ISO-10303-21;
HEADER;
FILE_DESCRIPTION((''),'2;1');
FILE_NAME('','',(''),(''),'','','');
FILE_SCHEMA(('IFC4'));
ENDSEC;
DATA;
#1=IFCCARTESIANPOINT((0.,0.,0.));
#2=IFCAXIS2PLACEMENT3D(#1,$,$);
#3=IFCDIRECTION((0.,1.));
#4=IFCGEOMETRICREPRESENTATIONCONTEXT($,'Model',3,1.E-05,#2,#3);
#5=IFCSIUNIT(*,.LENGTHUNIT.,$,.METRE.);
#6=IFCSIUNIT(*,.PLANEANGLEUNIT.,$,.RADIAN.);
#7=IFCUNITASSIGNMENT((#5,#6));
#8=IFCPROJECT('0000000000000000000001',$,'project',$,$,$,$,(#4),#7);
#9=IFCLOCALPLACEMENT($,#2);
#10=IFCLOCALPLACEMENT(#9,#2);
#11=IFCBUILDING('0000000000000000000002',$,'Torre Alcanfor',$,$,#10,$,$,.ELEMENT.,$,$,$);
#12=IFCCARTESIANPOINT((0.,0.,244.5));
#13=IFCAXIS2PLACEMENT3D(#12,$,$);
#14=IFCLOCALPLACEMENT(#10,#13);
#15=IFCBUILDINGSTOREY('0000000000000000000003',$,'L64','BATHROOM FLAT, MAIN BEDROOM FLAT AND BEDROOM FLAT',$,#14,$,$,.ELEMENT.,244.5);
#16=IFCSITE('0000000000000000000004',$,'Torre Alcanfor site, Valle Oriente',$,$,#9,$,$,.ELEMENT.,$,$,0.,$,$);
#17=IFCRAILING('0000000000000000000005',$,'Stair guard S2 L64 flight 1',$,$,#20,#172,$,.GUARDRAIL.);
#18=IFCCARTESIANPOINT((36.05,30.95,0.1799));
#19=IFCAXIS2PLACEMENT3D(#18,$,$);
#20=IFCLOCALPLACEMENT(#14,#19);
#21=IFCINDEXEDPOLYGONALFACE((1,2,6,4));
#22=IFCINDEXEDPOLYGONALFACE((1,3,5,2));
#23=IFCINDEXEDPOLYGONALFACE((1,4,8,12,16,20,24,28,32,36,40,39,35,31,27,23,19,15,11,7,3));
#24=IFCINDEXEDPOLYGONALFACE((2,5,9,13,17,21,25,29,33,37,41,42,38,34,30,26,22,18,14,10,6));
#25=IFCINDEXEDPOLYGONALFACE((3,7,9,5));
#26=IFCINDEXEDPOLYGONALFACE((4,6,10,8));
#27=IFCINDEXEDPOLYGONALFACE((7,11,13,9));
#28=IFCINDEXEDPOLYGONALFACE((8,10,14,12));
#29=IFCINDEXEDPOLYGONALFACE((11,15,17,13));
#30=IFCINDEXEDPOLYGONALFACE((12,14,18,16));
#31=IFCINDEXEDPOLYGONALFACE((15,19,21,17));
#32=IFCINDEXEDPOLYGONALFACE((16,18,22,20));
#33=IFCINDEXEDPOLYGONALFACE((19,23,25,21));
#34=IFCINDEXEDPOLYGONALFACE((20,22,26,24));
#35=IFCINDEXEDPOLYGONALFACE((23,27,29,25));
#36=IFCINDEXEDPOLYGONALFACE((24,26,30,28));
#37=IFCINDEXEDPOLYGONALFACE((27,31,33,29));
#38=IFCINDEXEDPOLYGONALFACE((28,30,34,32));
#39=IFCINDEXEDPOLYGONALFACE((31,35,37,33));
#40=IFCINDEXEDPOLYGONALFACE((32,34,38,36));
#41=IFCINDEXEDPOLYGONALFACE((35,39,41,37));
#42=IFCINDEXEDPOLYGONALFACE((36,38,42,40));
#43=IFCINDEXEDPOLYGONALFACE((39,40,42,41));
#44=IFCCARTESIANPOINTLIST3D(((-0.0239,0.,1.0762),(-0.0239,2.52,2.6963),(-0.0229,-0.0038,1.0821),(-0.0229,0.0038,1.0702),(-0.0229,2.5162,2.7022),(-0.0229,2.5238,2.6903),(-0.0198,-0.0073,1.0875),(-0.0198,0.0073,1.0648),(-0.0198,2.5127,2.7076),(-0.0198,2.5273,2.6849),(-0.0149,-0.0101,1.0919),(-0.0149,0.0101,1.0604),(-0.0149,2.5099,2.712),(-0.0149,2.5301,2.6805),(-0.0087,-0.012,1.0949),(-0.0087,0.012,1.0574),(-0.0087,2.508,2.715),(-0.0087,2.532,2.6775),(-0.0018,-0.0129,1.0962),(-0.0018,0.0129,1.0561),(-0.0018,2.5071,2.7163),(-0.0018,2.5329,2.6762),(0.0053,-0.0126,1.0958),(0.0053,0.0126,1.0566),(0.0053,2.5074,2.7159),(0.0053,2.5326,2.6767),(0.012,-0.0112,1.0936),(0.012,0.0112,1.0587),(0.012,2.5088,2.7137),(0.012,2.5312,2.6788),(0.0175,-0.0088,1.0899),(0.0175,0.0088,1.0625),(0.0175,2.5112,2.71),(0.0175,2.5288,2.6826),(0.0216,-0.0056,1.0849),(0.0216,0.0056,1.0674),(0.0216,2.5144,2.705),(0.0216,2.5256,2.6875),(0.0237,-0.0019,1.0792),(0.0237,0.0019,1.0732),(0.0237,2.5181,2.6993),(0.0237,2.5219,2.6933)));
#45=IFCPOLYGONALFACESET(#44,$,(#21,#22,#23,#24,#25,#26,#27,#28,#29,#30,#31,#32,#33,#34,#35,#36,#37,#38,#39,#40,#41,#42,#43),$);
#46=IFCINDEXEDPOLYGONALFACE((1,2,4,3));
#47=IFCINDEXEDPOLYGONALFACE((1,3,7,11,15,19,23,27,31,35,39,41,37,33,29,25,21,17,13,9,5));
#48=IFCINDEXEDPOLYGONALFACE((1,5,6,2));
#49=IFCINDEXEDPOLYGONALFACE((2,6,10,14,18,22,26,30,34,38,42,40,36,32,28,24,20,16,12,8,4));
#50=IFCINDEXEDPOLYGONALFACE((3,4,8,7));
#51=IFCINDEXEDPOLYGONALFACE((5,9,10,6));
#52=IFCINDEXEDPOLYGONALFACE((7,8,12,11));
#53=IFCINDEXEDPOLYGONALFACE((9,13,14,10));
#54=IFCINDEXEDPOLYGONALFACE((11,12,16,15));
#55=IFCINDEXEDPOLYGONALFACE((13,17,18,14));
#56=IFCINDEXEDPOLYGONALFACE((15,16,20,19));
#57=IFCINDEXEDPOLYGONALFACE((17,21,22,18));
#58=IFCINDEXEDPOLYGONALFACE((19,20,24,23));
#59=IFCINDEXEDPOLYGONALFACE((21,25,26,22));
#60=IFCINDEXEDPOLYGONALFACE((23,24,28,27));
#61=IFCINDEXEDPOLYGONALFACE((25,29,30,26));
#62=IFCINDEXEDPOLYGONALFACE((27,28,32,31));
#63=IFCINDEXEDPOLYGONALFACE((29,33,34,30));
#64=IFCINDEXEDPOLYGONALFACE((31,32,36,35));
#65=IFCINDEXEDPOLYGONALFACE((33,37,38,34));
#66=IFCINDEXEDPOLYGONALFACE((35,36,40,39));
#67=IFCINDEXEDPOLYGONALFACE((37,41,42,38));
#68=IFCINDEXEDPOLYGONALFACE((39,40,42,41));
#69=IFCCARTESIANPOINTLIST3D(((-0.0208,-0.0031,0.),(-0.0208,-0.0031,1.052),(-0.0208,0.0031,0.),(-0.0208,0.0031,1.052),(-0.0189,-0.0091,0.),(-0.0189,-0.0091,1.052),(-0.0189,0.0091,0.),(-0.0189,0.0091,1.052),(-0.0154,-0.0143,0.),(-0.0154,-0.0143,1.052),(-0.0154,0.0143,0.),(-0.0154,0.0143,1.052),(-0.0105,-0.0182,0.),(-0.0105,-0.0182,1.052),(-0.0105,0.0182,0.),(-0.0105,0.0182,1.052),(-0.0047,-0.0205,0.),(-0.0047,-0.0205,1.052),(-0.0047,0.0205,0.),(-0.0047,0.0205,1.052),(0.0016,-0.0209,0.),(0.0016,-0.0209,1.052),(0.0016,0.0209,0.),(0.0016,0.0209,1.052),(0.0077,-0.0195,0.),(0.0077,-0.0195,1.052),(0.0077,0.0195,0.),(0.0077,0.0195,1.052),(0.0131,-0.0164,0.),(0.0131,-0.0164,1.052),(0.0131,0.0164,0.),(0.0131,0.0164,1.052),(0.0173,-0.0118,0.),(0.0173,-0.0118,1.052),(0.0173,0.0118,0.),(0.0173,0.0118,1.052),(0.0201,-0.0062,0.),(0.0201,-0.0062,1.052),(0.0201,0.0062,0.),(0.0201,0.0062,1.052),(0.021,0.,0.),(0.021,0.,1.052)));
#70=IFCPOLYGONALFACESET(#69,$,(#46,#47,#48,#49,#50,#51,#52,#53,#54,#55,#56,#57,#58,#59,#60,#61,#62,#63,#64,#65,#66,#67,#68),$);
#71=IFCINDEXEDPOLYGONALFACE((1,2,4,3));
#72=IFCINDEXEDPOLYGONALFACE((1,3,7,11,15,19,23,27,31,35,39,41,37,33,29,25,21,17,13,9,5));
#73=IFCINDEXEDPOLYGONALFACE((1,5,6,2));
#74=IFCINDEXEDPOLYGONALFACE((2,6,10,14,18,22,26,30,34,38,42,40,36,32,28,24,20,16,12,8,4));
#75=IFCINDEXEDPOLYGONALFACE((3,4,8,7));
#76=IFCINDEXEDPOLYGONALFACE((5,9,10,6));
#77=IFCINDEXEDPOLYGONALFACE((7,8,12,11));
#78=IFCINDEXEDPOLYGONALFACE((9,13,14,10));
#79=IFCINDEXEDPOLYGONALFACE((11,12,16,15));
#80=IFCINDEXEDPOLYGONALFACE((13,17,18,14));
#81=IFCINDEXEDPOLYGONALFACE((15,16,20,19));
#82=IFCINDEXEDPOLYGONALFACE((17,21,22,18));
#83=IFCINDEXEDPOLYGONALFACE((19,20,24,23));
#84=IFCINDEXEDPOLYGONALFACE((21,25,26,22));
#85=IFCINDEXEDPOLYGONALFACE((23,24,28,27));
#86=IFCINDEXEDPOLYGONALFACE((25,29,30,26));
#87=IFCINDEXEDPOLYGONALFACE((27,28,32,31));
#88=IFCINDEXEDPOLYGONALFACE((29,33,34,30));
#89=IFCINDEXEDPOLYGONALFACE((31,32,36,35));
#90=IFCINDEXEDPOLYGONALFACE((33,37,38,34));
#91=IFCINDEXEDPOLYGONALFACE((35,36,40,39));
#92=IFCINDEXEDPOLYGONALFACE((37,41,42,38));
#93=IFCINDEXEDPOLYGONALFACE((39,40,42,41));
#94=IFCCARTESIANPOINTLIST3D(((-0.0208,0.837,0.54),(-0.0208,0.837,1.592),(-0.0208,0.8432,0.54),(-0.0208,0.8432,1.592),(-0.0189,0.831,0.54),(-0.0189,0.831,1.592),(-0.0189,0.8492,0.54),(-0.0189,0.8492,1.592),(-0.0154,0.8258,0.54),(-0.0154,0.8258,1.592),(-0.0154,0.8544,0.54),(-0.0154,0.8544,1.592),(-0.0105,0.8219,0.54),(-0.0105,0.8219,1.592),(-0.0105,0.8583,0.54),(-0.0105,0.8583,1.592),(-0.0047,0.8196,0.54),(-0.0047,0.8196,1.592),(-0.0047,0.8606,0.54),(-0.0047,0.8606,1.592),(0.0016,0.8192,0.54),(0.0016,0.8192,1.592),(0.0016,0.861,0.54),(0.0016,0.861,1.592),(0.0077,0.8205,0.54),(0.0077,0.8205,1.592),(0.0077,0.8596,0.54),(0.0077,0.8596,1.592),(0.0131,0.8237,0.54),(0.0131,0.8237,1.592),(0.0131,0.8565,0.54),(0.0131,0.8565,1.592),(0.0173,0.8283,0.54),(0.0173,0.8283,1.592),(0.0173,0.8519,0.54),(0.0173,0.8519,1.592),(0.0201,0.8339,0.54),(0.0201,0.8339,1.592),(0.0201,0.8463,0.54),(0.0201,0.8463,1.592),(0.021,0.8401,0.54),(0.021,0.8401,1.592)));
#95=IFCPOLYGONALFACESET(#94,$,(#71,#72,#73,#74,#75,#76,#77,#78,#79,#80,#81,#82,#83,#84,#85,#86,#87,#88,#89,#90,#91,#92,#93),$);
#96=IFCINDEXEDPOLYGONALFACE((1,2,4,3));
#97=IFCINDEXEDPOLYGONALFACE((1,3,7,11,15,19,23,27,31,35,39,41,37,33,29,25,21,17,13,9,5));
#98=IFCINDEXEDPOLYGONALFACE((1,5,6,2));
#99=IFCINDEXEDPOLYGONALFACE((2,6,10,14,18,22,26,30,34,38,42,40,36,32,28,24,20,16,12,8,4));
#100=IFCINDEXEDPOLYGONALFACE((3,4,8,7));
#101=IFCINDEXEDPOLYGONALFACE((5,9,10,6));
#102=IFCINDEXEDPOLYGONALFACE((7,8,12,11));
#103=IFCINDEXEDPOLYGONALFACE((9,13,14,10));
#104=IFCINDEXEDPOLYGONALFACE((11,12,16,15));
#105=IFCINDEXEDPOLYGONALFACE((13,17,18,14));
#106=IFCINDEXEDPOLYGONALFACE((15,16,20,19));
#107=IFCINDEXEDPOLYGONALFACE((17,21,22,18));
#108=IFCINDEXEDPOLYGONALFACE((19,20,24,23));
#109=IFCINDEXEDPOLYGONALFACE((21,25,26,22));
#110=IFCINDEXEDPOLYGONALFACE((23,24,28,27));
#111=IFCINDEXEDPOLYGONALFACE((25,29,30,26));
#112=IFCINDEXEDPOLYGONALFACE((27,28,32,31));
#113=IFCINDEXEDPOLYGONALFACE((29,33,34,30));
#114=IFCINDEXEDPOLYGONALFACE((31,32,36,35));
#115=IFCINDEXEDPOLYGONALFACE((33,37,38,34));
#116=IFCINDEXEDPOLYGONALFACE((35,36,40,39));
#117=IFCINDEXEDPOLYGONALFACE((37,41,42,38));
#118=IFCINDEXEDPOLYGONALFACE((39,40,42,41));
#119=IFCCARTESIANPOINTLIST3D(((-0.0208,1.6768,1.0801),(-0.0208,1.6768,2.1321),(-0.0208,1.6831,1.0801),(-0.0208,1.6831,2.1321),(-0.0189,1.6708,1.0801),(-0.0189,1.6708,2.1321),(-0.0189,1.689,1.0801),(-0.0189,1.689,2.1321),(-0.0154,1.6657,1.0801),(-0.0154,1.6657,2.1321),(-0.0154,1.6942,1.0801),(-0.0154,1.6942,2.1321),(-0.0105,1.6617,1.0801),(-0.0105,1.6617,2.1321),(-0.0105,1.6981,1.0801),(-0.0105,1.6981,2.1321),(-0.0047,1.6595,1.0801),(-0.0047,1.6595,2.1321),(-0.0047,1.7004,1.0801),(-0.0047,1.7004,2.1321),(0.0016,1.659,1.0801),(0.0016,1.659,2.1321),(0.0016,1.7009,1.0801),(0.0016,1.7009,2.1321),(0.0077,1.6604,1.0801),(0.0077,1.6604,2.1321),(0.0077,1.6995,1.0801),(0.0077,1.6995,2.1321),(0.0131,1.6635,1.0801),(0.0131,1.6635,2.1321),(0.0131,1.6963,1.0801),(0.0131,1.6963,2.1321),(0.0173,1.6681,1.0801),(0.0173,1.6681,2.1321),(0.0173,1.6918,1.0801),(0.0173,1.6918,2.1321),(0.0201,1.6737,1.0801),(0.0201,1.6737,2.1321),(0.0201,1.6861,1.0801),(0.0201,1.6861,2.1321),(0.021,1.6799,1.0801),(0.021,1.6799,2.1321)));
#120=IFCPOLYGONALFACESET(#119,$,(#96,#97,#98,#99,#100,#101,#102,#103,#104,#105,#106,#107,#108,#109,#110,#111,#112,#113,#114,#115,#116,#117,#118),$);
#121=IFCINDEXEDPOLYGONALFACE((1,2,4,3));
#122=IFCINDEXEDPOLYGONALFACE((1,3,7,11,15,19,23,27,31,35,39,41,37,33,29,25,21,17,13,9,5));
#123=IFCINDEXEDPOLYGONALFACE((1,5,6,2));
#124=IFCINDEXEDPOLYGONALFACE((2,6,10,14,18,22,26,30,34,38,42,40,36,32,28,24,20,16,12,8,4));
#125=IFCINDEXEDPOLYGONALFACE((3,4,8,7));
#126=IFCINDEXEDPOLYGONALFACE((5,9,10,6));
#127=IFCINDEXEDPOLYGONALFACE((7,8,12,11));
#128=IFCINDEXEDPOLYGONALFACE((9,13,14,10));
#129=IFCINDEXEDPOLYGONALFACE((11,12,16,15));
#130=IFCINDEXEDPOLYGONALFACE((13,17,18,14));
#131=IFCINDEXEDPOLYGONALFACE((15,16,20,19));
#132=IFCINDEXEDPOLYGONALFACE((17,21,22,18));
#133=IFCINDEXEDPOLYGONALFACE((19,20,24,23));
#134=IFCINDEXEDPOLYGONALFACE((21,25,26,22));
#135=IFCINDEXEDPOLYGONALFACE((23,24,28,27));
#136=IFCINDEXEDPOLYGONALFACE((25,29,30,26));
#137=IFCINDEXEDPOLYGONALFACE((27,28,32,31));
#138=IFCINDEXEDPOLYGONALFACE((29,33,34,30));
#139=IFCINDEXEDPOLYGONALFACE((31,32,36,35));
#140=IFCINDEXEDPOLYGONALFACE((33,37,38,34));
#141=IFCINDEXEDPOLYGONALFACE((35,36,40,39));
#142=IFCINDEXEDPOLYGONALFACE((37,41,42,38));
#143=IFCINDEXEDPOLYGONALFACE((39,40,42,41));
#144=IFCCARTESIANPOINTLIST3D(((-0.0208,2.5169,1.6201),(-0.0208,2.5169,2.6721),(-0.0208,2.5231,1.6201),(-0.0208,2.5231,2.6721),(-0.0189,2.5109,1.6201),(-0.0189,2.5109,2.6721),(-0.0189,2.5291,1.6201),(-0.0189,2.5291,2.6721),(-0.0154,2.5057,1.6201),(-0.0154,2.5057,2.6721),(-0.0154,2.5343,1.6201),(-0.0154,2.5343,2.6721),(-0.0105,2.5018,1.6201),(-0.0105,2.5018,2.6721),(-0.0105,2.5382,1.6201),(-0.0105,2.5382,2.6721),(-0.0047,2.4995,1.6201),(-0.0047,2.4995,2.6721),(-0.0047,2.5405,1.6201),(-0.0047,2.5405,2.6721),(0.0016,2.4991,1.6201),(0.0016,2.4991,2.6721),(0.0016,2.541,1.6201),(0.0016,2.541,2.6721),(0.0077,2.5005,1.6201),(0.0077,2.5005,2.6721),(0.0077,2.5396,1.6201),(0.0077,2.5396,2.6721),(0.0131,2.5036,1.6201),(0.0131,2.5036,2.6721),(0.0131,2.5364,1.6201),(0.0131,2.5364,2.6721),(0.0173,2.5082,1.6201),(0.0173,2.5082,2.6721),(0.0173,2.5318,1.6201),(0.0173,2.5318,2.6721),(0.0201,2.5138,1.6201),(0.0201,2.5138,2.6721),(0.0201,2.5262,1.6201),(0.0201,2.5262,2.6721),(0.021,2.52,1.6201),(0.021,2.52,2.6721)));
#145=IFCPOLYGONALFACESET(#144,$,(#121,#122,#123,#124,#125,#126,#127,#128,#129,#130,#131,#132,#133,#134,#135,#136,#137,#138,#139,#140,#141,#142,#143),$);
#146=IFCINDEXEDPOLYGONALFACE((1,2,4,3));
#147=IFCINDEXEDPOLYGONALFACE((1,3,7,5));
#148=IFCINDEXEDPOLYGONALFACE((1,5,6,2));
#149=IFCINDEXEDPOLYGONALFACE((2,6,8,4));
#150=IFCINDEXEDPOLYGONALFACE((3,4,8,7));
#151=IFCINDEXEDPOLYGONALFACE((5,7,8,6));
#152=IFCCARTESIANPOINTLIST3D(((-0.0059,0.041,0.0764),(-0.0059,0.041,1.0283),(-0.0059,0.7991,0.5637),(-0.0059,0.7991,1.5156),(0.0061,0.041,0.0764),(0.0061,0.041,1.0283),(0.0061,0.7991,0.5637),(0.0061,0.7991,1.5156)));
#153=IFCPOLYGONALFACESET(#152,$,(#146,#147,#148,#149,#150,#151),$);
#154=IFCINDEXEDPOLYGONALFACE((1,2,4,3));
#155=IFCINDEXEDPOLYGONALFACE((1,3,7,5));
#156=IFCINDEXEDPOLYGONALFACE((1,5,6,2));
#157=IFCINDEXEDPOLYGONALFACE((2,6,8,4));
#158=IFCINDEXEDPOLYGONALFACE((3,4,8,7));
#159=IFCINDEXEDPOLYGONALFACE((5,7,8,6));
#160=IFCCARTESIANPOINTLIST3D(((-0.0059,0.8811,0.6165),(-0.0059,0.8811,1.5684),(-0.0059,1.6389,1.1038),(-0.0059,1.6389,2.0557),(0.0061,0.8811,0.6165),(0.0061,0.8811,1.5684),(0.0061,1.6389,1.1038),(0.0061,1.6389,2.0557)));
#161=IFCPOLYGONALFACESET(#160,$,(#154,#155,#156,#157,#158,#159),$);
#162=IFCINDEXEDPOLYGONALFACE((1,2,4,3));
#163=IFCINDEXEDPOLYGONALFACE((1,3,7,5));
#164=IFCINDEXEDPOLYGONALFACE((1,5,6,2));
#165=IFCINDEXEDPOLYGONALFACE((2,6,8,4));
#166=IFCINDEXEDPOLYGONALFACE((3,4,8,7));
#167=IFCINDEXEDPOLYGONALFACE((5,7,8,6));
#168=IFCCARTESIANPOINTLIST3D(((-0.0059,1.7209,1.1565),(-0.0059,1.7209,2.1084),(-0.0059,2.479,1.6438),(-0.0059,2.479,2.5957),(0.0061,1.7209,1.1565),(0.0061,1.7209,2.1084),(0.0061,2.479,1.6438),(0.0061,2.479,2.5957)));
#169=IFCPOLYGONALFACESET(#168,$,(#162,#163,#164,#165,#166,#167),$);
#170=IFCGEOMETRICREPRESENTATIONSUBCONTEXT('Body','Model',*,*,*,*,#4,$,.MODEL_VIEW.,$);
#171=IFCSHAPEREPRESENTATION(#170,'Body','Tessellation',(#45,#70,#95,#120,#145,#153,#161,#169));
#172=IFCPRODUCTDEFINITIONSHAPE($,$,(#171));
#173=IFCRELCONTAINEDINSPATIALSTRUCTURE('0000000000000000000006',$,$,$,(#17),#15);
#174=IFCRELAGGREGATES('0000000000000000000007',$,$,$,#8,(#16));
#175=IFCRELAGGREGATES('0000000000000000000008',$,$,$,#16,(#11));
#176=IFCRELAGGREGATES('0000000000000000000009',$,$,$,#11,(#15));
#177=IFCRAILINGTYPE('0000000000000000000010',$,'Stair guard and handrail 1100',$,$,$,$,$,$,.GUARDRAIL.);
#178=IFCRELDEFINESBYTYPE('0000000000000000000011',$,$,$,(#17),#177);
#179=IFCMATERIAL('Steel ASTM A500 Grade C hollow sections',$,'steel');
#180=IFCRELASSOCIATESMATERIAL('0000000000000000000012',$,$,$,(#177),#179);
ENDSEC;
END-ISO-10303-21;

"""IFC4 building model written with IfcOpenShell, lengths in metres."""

from ifc_helpers import new_model, si_unit, direction, frame, origin, origin_2d, place, context, subcontext, project, spatial, polyline, circle, outline, extrude, material, type_object, element, save


model = new_model("IFC4")

# Units and contexts
model_context = context("Model", 3, precision=1e-05, world=origin(), true_north=direction((0.0, 1.0)))
body_context = subcontext(model_context, "Body", "Model", "MODEL_VIEW")
ifc_project = project(units=[si_unit("LENGTHUNIT", "METRE"), si_unit("PLANEANGLEUNIT", "RADIAN")], contexts=[model_context])

# Site, building, storey
site_placement = place(None, origin())
site = spatial("IfcSite", under=ifc_project, at=site_placement, Name="Torre Alcanfor site, Valle Oriente", CompositionType="ELEMENT", RefElevation=0.0)
building_placement = place(site_placement, origin())
building = spatial("IfcBuilding", under=site, at=building_placement, Name="Torre Alcanfor", CompositionType="ELEMENT")
storey_placement = place(building_placement, frame((0.0, 0.0, 244.5)))
storey = spatial("IfcBuildingStorey", under=building, at=storey_placement, Name="L64", Description="BATHROOM FLAT, MAIN BEDROOM FLAT AND BEDROOM FLAT", CompositionType="ELEMENT", Elevation=244.5)

# Railing
ifc_material_1 = material(Name="Steel ASTM A500 Grade C hollow sections", Category="steel")
railing_type_1 = type_object("IfcRailingType", Name="Stair guard and handrail 1100", PredefinedType="GUARDRAIL", material=ifc_material_1)
railing_1_placement = place(storey_placement, frame((36.05, 30.95, 0.1799)))
element("IfcRailing", 1, at=railing_1_placement, inside=storey, type_object=railing_type_1, Name="Stair guard S2 L64 flight 1", PredefinedType="GUARDRAIL", context=body_context, shape_type="SweptSolid", body=[
    extrude(circle(Radius=0.0239, at=origin_2d()), frame((0.0, 0.0, 1.0762), z_axis=(0.0, 0.841163, 0.540782), x_axis=(-1.0, 0.0, 0.0)), (0.0, 0.0, 1.0), 2.9958),
    extrude(circle(Radius=0.021, at=origin_2d()), origin(), (0.0, 0.0, 1.0), 1.052),
    extrude(circle(Radius=0.021, at=origin_2d()), frame((0.0, 0.8401, 0.54)), (0.0, 0.0, 1.0), 1.052),
    extrude(circle(Radius=0.021, at=origin_2d()), frame((0.0, 1.6799, 1.0801)), (0.0, 0.0, 1.0), 1.052),
    extrude(circle(Radius=0.021, at=origin_2d()), frame((0.0, 2.52, 1.6201)), (0.0, 0.0, 1.0), 1.052),
    extrude(outline(polyline([(0.041, 0.0764), (0.7991, 0.5637), (0.7991, 1.5156), (0.041, 1.0283), (0.041, 0.0764)])), frame((-0.0059, 0.0, 0.0), z_axis=(1.0, 0.0, 0.0), x_axis=(0.0, 1.0, 0.0)), (0.0, 0.0, 1.0), 0.012),
    extrude(outline(polyline([(0.8811, 0.6165), (1.6389, 1.1038), (1.6389, 2.0557), (0.8811, 1.5684), (0.8811, 0.6165)])), frame((-0.0059, 0.0, 0.0), z_axis=(1.0, 0.0, 0.0), x_axis=(0.0, 1.0, 0.0)), (0.0, 0.0, 1.0), 0.012),
    extrude(outline(polyline([(1.7209, 1.1565), (2.479, 1.6438), (2.479, 2.5957), (1.7209, 2.1084), (1.7209, 1.1565)])), frame((-0.0059, 0.0, 0.0), z_axis=(1.0, 0.0, 0.0), x_axis=(0.0, 1.0, 0.0)), (0.0, 0.0, 1.0), 0.012),
])

save(model, "model.ifc")
